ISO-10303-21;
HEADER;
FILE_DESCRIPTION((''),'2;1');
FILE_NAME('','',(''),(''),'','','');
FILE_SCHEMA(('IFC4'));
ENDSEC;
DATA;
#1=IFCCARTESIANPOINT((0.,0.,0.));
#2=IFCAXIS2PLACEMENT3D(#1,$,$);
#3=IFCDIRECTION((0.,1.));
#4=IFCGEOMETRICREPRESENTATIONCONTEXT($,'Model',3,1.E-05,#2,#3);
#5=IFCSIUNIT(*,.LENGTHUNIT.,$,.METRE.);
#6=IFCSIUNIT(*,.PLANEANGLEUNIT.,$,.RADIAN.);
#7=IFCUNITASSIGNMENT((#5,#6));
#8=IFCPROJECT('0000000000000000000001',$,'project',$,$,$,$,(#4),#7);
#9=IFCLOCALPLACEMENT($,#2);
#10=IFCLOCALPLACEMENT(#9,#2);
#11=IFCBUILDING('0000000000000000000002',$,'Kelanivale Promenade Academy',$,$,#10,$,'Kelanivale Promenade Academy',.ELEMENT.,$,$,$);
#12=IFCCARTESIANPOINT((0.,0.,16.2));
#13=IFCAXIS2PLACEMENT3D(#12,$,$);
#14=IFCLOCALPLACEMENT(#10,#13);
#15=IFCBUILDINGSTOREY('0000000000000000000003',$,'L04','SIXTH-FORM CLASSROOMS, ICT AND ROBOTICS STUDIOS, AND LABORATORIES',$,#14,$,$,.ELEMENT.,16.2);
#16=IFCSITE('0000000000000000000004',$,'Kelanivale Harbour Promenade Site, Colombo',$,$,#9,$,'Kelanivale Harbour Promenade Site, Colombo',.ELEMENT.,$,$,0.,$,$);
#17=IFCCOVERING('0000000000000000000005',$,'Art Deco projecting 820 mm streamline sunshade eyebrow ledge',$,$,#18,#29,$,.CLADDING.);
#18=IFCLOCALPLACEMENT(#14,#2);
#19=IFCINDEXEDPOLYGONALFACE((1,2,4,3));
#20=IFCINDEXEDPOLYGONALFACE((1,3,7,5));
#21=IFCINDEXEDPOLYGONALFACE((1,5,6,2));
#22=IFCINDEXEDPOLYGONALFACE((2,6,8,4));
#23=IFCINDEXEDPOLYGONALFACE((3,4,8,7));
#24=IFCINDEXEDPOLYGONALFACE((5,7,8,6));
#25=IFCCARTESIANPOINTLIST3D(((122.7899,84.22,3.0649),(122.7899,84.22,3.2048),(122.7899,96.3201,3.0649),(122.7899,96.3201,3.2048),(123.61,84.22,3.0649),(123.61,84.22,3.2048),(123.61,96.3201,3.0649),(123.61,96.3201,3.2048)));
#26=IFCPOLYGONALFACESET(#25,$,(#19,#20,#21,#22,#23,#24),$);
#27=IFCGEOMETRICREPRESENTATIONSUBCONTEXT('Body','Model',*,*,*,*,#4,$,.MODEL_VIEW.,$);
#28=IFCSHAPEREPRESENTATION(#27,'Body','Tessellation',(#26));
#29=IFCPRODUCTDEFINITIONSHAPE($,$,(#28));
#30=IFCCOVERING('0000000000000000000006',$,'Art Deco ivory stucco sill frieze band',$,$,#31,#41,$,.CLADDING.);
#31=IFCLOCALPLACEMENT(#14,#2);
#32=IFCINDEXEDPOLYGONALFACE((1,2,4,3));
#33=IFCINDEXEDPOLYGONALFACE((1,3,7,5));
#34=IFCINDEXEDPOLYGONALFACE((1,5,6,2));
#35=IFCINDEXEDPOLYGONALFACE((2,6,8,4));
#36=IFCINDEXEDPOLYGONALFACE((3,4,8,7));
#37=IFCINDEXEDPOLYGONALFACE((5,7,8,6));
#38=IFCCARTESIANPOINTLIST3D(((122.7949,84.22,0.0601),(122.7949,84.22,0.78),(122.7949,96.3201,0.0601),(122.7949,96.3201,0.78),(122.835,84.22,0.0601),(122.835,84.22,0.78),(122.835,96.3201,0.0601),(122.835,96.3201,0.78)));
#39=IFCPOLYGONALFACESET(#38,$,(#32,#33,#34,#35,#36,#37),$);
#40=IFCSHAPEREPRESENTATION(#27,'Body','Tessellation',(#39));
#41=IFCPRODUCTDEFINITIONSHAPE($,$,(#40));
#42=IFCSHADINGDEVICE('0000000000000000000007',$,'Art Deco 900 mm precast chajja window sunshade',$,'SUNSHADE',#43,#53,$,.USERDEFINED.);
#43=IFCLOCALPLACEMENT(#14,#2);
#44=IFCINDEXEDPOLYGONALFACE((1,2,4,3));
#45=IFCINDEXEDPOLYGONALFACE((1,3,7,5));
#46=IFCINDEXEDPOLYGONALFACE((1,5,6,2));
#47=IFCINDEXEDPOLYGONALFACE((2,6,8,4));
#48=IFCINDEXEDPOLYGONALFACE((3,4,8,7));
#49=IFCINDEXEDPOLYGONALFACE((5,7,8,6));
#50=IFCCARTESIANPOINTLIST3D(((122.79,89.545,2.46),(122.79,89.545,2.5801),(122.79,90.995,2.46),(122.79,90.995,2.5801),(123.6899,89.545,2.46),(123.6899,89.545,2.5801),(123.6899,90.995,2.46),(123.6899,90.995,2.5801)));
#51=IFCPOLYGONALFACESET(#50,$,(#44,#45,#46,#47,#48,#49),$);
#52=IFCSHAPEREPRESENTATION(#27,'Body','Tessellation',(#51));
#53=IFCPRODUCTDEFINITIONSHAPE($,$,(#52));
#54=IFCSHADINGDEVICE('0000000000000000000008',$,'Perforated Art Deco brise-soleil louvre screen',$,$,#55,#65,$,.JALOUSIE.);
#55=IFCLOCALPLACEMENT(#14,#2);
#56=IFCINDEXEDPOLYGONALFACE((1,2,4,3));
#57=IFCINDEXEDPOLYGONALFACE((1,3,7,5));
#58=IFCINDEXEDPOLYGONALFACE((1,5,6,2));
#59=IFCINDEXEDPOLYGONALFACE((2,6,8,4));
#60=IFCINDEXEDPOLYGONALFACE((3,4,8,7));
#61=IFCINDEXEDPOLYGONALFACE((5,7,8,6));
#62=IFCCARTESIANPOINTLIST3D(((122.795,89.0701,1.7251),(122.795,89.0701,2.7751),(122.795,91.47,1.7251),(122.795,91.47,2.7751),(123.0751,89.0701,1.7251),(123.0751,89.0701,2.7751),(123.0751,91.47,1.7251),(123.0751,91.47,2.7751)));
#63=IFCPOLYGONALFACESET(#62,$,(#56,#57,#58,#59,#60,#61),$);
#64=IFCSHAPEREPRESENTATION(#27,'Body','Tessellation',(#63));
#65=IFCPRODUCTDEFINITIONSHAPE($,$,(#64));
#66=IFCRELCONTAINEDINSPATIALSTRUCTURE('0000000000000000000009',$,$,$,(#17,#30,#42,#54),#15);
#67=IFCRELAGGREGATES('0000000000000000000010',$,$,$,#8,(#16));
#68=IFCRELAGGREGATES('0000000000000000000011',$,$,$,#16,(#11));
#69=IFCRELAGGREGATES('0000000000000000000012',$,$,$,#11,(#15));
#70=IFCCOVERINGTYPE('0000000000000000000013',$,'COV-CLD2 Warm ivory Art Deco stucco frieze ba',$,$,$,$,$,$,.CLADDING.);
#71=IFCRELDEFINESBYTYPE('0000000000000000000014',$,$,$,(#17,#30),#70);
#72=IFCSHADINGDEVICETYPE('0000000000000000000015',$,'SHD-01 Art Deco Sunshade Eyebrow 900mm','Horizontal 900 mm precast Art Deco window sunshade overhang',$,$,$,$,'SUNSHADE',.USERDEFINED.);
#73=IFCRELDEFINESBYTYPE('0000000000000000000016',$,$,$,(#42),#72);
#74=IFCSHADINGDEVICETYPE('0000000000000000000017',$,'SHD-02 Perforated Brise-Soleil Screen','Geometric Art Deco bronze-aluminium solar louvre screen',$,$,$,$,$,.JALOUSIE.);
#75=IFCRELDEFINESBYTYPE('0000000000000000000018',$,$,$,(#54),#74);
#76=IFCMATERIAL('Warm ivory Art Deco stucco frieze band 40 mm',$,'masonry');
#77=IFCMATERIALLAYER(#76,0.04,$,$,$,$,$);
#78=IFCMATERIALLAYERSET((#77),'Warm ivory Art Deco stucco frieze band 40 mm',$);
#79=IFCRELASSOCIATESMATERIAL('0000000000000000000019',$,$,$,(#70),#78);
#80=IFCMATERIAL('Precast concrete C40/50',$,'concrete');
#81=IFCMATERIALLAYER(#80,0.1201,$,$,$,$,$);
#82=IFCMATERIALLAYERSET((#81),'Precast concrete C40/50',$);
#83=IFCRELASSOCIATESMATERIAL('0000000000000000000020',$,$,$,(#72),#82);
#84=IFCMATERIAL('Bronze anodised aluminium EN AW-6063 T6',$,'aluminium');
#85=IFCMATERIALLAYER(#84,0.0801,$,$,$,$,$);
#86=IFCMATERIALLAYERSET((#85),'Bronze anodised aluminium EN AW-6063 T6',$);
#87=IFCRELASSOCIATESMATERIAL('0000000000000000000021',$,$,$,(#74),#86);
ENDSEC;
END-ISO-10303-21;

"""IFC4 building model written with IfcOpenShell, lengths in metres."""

from ifc_helpers import new_model, si_unit, direction, frame, origin, origin_2d, place, context, subcontext, project, spatial, rectangle, extrude, material, layer, layer_set, type_object, element, save


model = new_model("IFC4")

# Units and contexts
model_context = context("Model", 3, precision=1e-05, world=origin(), true_north=direction((0.0, 1.0)))
body_context = subcontext(model_context, "Body", "Model", "MODEL_VIEW")
ifc_project = project(units=[si_unit("LENGTHUNIT", "METRE"), si_unit("PLANEANGLEUNIT", "RADIAN")], contexts=[model_context])

# Site, building, storey
site_placement = place(None, origin())
site = spatial("IfcSite", under=ifc_project, at=site_placement, Name="Kelanivale Harbour Promenade Site, Colombo", LongName="Kelanivale Harbour Promenade Site, Colombo", CompositionType="ELEMENT", RefElevation=0.0)
building_placement = place(site_placement, origin())
building = spatial("IfcBuilding", under=site, at=building_placement, Name="Kelanivale Promenade Academy", LongName="Kelanivale Promenade Academy", CompositionType="ELEMENT")
storey_placement = place(building_placement, frame((0.0, 0.0, 16.2)))
storey = spatial("IfcBuildingStorey", under=building, at=storey_placement, Name="L04", Description="SIXTH-FORM CLASSROOMS, ICT AND ROBOTICS STUDIOS, AND LABORATORIES", CompositionType="ELEMENT", Elevation=16.2)

# Coverings
ifc_material_1 = material(Name="Warm ivory Art Deco stucco frieze band 40 mm", Category="masonry")
ifc_layer_1 = layer(ifc_material_1, 0.04)
ifc_layer_set_1 = layer_set([ifc_layer_1], Name="Warm ivory Art Deco stucco frieze band 40 mm")
covering_type = type_object("IfcCoveringType", Name="COV-CLD2 Warm ivory Art Deco stucco frieze ba", PredefinedType="CLADDING", material=ifc_layer_set_1)
covering_1_placement = place(storey_placement, frame((123.2, 90.27, 3.0649), z_axis=(0.0, 0.0, 1.0), x_axis=(0.0, 1.0, 0.0)))
element("IfcCovering", 1, at=covering_1_placement, inside=storey, type_object=covering_type, Name="Art Deco projecting 820 mm streamline sunshade eyebrow ledge", PredefinedType="CLADDING", context=body_context, shape_type="SweptSolid", body=[
    extrude(rectangle(XDim=12.1001, YDim=0.8201, at=origin_2d()), origin(), (0.0, 0.0, 1.0), 0.1399),
])
covering_2_placement = place(storey_placement, frame((122.8149, 90.27, 0.0601), z_axis=(0.0, 0.0, 1.0), x_axis=(0.0, 1.0, 0.0)))
element("IfcCovering", 2, at=covering_2_placement, inside=storey, type_object=covering_type, Name="Art Deco ivory stucco sill frieze band", PredefinedType="CLADDING", context=body_context, shape_type="SweptSolid", body=[
    extrude(rectangle(XDim=12.1001, YDim=0.04, at=origin_2d()), origin(), (0.0, 0.0, 1.0), 0.72),
])

# Shading devices
ifc_material_2 = material(Name="Precast concrete C40/50", Category="concrete")
ifc_layer_2 = layer(ifc_material_2, 0.1201)
ifc_layer_set_2 = layer_set([ifc_layer_2], Name="Precast concrete C40/50")
shading_device_type_1 = type_object("IfcShadingDeviceType", Name="SHD-01 Art Deco Sunshade Eyebrow 900mm", Description="Horizontal 900 mm precast Art Deco window sunshade overhang", ElementType="SUNSHADE", PredefinedType="USERDEFINED", material=ifc_layer_set_2)
shading_device_1_placement = place(storey_placement, frame((123.24, 90.27, 2.46), z_axis=(0.0, 0.0, 1.0), x_axis=(0.0, 1.0, 0.0)))
element("IfcShadingDevice", 3, at=shading_device_1_placement, inside=storey, type_object=shading_device_type_1, Name="Art Deco 900 mm precast chajja window sunshade", ObjectType="SUNSHADE", PredefinedType="USERDEFINED", context=body_context, shape_type="SweptSolid", body=[
    extrude(rectangle(XDim=1.45, YDim=0.8999, at=origin_2d()), origin(), (0.0, 0.0, 1.0), 0.1201),
])
ifc_material_3 = material(Name="Bronze anodised aluminium EN AW-6063 T6", Category="aluminium")
ifc_layer_3 = layer(ifc_material_3, 0.0801)
ifc_layer_set_3 = layer_set([ifc_layer_3], Name="Bronze anodised aluminium EN AW-6063 T6")
shading_device_type_2 = type_object("IfcShadingDeviceType", Name="SHD-02 Perforated Brise-Soleil Screen", Description="Geometric Art Deco bronze-aluminium solar louvre screen", PredefinedType="JALOUSIE", material=ifc_layer_set_3)
shading_device_2_placement = place(storey_placement, frame((122.9351, 90.27, 1.7251), z_axis=(0.0, 0.0, 1.0), x_axis=(0.0, 1.0, 0.0)))
element("IfcShadingDevice", 4, at=shading_device_2_placement, inside=storey, type_object=shading_device_type_2, Name="Perforated Art Deco brise-soleil louvre screen", PredefinedType="JALOUSIE", context=body_context, shape_type="SweptSolid", body=[
    extrude(rectangle(XDim=2.3999, YDim=0.28, at=origin_2d()), origin(), (0.0, 0.0, 1.0), 1.05),
])

save(model, "model.ifc")
